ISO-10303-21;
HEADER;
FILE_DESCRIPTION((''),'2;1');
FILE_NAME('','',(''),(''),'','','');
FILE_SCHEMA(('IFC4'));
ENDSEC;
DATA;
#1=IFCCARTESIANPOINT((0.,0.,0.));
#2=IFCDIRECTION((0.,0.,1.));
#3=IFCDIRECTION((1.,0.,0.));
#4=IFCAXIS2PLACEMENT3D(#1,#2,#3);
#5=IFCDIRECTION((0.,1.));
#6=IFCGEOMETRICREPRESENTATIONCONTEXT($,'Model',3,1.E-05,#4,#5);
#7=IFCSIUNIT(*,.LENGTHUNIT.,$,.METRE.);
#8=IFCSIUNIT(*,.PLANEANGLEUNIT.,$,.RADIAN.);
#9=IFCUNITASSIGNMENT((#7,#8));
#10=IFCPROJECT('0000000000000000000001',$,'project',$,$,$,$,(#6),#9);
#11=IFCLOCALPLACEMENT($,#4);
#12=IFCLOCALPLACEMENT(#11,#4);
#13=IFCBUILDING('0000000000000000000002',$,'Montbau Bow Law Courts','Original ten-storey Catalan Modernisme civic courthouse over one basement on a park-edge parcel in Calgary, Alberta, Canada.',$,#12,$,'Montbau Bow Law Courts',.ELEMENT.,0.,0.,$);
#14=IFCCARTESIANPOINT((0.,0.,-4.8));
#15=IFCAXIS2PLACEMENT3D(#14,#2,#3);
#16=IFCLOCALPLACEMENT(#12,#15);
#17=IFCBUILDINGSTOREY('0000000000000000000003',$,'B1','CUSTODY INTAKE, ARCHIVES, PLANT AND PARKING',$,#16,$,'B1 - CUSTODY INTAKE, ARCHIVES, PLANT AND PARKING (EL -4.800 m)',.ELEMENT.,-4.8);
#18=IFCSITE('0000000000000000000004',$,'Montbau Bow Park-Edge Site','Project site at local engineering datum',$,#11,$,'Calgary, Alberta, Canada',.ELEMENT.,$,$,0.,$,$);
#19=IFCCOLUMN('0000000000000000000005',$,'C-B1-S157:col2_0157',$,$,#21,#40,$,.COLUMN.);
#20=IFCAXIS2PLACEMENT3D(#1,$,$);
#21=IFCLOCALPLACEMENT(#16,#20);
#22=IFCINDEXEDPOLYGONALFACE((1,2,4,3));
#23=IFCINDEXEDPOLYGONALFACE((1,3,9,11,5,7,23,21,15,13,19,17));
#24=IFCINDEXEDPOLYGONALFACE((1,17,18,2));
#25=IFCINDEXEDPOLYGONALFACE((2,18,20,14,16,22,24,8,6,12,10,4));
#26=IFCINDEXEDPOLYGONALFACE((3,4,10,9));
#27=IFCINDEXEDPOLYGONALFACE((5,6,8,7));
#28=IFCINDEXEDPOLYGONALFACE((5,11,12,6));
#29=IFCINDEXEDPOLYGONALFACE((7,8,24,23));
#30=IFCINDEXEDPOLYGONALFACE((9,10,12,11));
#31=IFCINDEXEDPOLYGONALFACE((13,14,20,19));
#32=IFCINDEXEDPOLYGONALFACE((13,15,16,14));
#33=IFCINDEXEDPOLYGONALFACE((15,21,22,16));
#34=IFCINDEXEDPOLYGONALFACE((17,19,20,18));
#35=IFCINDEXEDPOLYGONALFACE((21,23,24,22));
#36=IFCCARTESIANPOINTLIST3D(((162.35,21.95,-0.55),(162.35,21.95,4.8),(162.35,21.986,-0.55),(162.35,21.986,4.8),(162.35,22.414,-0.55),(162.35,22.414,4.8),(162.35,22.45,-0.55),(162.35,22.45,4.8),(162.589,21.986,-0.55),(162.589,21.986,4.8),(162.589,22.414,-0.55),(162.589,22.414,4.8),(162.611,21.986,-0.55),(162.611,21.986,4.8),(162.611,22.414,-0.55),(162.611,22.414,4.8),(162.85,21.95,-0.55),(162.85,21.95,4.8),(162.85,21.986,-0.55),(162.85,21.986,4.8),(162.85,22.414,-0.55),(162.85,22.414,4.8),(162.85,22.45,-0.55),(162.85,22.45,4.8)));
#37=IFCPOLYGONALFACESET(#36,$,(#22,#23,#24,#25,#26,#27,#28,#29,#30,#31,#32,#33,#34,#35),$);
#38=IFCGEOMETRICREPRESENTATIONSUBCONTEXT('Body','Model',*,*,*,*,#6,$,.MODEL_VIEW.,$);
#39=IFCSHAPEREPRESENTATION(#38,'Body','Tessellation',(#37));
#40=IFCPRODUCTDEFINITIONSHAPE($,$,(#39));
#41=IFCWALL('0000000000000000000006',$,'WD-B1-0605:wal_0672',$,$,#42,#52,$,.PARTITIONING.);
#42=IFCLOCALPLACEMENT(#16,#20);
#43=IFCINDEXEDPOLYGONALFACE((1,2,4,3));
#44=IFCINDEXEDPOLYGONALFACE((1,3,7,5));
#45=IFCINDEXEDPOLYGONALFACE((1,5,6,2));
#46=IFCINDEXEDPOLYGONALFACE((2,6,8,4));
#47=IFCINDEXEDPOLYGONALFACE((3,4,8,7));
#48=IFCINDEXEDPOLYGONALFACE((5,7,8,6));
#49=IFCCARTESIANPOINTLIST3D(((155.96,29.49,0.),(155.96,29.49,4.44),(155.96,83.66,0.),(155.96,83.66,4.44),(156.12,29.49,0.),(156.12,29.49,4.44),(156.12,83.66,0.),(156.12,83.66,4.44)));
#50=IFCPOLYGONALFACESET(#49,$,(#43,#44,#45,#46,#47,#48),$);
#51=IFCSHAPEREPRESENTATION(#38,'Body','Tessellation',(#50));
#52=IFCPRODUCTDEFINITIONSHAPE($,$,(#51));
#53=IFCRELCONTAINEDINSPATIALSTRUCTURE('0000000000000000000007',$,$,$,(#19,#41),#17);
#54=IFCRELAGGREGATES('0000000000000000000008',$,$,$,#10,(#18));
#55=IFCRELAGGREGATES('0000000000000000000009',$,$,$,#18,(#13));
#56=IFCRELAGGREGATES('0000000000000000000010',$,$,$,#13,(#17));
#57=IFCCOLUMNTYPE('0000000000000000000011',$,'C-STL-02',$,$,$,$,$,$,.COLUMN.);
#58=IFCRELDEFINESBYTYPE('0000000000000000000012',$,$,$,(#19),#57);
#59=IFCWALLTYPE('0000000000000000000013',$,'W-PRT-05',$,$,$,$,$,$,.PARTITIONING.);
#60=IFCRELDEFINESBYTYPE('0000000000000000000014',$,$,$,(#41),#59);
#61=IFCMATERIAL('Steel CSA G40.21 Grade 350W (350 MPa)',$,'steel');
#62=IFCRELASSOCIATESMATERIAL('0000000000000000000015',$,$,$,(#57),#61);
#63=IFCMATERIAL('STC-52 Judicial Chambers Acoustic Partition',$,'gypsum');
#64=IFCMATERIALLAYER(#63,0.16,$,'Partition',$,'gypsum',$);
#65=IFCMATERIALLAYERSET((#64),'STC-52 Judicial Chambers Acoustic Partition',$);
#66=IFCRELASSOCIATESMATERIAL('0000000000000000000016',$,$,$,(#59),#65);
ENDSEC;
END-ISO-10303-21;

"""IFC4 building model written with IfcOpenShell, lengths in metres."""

from ifc_helpers import new_model, si_unit, direction, frame, frame_2d, origin_with_axes, origin_2d_with_axis, place, context, subcontext, project, spatial, rectangle, i_section, extrude, material, layer, layer_set, material_profile, profile_set, type_object, element, save


model = new_model("IFC4")

# Units and contexts
model_context = context("Model", 3, precision=1e-05, world=origin_with_axes(), true_north=direction((0.0, 1.0)))
body_context = subcontext(model_context, "Body", "Model", "MODEL_VIEW")
ifc_project = project(units=[si_unit("LENGTHUNIT", "METRE"), si_unit("PLANEANGLEUNIT", "RADIAN")], contexts=[model_context])

# Site, building, storey
site_placement = place(None, origin_with_axes())
site = spatial("IfcSite", under=ifc_project, at=site_placement, Name="Montbau Bow Park-Edge Site", Description="Project site at local engineering datum", LongName="Calgary, Alberta, Canada", CompositionType="ELEMENT", RefElevation=0.0)
building_placement = place(site_placement, origin_with_axes())
building = spatial("IfcBuilding", under=site, at=building_placement, Name="Montbau Bow Law Courts", Description="Original ten-storey Catalan Modernisme civic courthouse over one basement on a park-edge parcel in Calgary, Alberta, Canada.", LongName="Montbau Bow Law Courts", CompositionType="ELEMENT", ElevationOfRefHeight=0.0, ElevationOfTerrain=0.0)
storey_placement = place(building_placement, frame((0.0, 0.0, -4.8), z_axis=(0.0, 0.0, 1.0), x_axis=(1.0, 0.0, 0.0)))
storey = spatial("IfcBuildingStorey", under=building, at=storey_placement, Name="B1", Description="CUSTODY INTAKE, ARCHIVES, PLANT AND PARKING", LongName="B1 - CUSTODY INTAKE, ARCHIVES, PLANT AND PARKING (EL -4.800 m)", CompositionType="ELEMENT", Elevation=-4.8)

# Column
ifc_material_1 = material(Name="Steel CSA G40.21 Grade 350W (350 MPa)", Category="steel")
ifc_material_profile_1 = material_profile(ifc_material_1, i_section(OverallWidth=0.5, OverallDepth=0.5, WebThickness=0.022, FlangeThickness=0.036, at=origin_2d_with_axis()), Name="WWF500X343", Category="Main", Priority=0)
ifc_profile_set_1 = profile_set([ifc_material_profile_1], Name="Steel CSA G40.21 Grade 350W (350 MPa)")
column_type_1 = type_object("IfcColumnType", Name="C-STL-02", PredefinedType="COLUMN", material=ifc_profile_set_1)
column_1_placement = place(None, frame((162.6, 22.2, -5.35), z_axis=(0.0, 0.0, 1.0), x_axis=(1.0, 0.0, 0.0)))
element("IfcColumn", 1, at=column_1_placement, inside=storey, type_object=column_type_1, Name="C-B1-S157:col2_0157", PredefinedType="COLUMN", context=body_context, shape_type="SweptSolid", body=[
    extrude(i_section(OverallWidth=0.5, OverallDepth=0.5, WebThickness=0.022, FlangeThickness=0.036, at=origin_2d_with_axis()), origin_with_axes(), (0.0, 0.0, 1.0), 5.35),
])

# Wall
ifc_material_2 = material(Name="STC-52 Judicial Chambers Acoustic Partition", Category="gypsum")
ifc_layer = layer(ifc_material_2, 0.16, Name="Partition", Category="gypsum")
ifc_layer_set = layer_set([ifc_layer], Name="STC-52 Judicial Chambers Acoustic Partition")
wall_type = type_object("IfcWallType", Name="W-PRT-05", PredefinedType="PARTITIONING", material=ifc_layer_set)
wall_placement = place(None, frame((156.04, 29.49, -4.8), z_axis=(0.0, 0.0, 1.0), x_axis=(0.0, 1.0, 0.0)))
element("IfcWall", 2, at=wall_placement, inside=storey, type_object=wall_type, Name="WD-B1-0605:wal_0672", PredefinedType="PARTITIONING", context=body_context, shape_type="SweptSolid", body=[
    extrude(rectangle(XDim=54.17, YDim=0.16, at=frame_2d((27.085, 0.0), x_axis=(1.0, 0.0))), origin_with_axes(), (0.0, 0.0, 1.0), 4.44),
])

save(model, "model.ifc")
